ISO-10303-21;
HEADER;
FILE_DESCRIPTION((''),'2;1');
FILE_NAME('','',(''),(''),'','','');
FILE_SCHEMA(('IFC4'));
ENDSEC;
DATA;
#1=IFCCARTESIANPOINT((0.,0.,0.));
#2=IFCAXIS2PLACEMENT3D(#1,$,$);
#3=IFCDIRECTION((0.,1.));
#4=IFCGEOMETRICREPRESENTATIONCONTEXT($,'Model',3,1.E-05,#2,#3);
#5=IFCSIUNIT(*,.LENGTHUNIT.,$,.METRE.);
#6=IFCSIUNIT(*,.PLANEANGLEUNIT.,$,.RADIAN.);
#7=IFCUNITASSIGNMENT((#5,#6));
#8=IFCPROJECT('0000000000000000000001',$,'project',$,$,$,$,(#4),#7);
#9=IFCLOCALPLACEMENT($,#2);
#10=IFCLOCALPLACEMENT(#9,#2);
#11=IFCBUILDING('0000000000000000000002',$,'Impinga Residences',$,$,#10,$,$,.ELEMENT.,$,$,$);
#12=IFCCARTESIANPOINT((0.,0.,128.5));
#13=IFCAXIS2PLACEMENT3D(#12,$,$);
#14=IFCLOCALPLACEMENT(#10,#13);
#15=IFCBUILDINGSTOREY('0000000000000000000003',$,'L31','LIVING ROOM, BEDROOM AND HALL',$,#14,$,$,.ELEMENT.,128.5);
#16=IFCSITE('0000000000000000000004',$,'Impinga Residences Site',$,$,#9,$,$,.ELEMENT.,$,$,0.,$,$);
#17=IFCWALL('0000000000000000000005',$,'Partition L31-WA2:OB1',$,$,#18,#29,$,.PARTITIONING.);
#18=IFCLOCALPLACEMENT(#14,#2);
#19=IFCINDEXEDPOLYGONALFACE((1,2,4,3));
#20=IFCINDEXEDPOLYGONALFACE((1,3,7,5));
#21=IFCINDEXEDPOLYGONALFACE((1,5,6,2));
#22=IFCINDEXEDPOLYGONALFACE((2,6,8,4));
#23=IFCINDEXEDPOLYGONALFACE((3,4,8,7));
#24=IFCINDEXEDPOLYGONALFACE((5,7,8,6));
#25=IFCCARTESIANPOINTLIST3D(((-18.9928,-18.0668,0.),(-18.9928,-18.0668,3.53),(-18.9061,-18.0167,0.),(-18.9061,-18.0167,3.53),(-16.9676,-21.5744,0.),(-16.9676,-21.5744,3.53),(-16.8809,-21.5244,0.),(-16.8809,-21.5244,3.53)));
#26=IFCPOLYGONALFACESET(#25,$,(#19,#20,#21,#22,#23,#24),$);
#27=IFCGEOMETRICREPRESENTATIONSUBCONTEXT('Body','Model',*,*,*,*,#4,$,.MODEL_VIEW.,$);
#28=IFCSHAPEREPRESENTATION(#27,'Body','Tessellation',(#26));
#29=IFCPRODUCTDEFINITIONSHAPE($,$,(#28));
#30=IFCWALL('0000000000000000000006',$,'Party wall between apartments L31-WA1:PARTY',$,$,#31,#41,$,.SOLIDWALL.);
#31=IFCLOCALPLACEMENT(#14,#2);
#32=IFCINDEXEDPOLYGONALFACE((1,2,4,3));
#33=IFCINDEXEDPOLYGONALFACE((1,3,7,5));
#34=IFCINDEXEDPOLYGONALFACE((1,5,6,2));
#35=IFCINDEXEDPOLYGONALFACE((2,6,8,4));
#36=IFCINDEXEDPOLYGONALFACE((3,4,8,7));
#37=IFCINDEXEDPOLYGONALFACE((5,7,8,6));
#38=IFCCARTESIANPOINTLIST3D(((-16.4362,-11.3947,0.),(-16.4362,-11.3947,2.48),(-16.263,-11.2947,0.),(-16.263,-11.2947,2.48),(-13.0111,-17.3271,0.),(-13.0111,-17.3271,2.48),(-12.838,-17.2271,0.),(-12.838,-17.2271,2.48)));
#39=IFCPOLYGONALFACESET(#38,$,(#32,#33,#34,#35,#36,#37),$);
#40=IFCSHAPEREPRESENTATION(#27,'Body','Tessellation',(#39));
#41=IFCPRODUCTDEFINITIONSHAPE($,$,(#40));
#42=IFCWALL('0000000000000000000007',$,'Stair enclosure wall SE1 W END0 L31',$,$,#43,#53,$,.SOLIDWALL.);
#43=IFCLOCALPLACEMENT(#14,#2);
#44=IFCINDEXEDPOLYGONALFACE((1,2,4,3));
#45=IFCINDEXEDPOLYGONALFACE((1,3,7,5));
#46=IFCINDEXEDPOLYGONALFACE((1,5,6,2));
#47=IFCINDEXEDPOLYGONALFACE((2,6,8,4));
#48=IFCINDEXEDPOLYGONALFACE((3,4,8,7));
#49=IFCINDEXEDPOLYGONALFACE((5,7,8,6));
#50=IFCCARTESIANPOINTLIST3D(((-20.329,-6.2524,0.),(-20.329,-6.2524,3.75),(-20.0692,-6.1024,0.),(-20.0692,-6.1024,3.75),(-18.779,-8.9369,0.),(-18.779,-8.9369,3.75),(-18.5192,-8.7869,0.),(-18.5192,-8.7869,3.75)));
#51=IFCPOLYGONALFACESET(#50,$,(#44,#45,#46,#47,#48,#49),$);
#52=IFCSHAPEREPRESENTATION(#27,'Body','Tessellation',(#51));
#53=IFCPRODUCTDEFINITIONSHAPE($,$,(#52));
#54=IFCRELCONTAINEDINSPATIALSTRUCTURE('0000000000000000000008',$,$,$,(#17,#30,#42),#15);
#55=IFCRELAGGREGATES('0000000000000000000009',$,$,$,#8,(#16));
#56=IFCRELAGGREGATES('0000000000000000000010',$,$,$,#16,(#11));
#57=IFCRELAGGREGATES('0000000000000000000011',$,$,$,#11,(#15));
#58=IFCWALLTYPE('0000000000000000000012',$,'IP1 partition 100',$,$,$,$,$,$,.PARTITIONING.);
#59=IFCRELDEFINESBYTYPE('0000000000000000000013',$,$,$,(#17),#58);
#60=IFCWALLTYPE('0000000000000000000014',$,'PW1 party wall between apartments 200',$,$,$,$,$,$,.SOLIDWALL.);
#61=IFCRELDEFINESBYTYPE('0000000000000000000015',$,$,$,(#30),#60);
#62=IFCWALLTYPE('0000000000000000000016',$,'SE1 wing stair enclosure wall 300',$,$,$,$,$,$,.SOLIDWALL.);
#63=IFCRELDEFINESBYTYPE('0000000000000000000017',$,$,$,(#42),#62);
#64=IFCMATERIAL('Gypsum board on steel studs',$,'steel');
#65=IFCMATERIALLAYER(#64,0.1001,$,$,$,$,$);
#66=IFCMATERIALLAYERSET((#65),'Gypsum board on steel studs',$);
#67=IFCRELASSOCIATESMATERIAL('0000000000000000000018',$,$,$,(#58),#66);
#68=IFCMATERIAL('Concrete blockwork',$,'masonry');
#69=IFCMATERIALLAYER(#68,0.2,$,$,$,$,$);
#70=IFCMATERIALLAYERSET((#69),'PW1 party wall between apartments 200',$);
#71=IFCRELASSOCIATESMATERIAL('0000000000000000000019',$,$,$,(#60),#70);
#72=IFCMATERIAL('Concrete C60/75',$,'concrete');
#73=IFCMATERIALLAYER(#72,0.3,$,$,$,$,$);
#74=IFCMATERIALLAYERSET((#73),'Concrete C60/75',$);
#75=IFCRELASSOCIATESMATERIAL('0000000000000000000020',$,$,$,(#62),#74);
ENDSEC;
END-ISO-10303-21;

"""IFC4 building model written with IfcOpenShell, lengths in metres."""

from ifc_helpers import new_model, si_unit, direction, frame, frame_2d, origin, place, context, subcontext, project, spatial, rectangle, extrude, material, layer, layer_set, type_object, element, save


model = new_model("IFC4")

# Units and contexts
model_context = context("Model", 3, precision=1e-05, world=origin(), true_north=direction((0.0, 1.0)))
body_context = subcontext(model_context, "Body", "Model", "MODEL_VIEW")
ifc_project = project(units=[si_unit("LENGTHUNIT", "METRE"), si_unit("PLANEANGLEUNIT", "RADIAN")], contexts=[model_context])

# Site, building, storey
site_placement = place(None, origin())
site = spatial("IfcSite", under=ifc_project, at=site_placement, Name="Impinga Residences Site", CompositionType="ELEMENT", RefElevation=0.0)
building_placement = place(site_placement, origin())
building = spatial("IfcBuilding", under=site, at=building_placement, Name="Impinga Residences", CompositionType="ELEMENT")
storey_placement = place(building_placement, frame((0.0, 0.0, 128.5)))
storey = spatial("IfcBuildingStorey", under=building, at=storey_placement, Name="L31", Description="LIVING ROOM, BEDROOM AND HALL", CompositionType="ELEMENT", Elevation=128.5)

# Shared definitions
ifc_material_1 = material(Name="Concrete C60/75", Category="concrete")

# Shared definitions
ifc_material_2 = material(Name="Gypsum board on steel studs", Category="steel")
ifc_layer_1 = layer(ifc_material_2, 0.1001)
ifc_layer_set_1 = layer_set([ifc_layer_1], Name="Gypsum board on steel studs")
wall_type_1 = type_object("IfcWallType", Name="IP1 partition 100", PredefinedType="PARTITIONING", material=ifc_layer_set_1)

# Walls
wall_1_placement = place(storey_placement, frame((-18.9495, -18.0417, 0.0), z_axis=(0.0, 0.0, 1.0), x_axis=(0.500009, -0.86602, 0.0)))
element("IfcWall", 1, at=wall_1_placement, inside=storey, type_object=wall_type_1, Name="Partition L31-WA2:OB1", PredefinedType="PARTITIONING", context=body_context, shape_type="SweptSolid", body=[
    extrude(rectangle(XDim=4.0503, YDim=0.1001, at=frame_2d((2.0251, 0.0))), origin(), (0.0, 0.0, 1.0), 3.53),
])
ifc_material_3 = material(Name="Concrete blockwork", Category="masonry")
ifc_layer_2 = layer(ifc_material_3, 0.2)
ifc_layer_set_2 = layer_set([ifc_layer_2], Name="PW1 party wall between apartments 200")
wall_type_2 = type_object("IfcWallType", Name="PW1 party wall between apartments 200", PredefinedType="SOLIDWALL", material=ifc_layer_set_2)
wall_2_placement = place(storey_placement, frame((-16.3496, -11.3447, 0.0), z_axis=(0.0, 0.0, 1.0), x_axis=(0.499999, -0.866026, 0.0)))
element("IfcWall", 2, at=wall_2_placement, inside=storey, type_object=wall_type_2, Name="Party wall between apartments L31-WA1:PARTY", PredefinedType="SOLIDWALL", context=body_context, shape_type="SweptSolid", body=[
    extrude(rectangle(XDim=6.8501, YDim=0.2, at=frame_2d((3.425, 0.0))), origin(), (0.0, 0.0, 1.0), 2.48),
])
ifc_layer_3 = layer(ifc_material_1, 0.3)
ifc_layer_set_3 = layer_set([ifc_layer_3], Name="Concrete C60/75")
wall_type_3 = type_object("IfcWallType", Name="SE1 wing stair enclosure wall 300", PredefinedType="SOLIDWALL", material=ifc_layer_set_3)
wall_3_placement = place(storey_placement, frame((-18.6492, -8.8618, 0.0), z_axis=(0.0, 0.0, 1.0), x_axis=(-0.500027, 0.86601, 0.0)))
element("IfcWall", 3, at=wall_3_placement, inside=storey, type_object=wall_type_3, Name="Stair enclosure wall SE1 W END0 L31", PredefinedType="SOLIDWALL", context=body_context, shape_type="SweptSolid", body=[
    extrude(rectangle(XDim=3.0999, YDim=0.3, at=frame_2d((1.5498, 0.0))), origin(), (0.0, 0.0, 1.0), 3.75),
])

save(model, "model.ifc")
